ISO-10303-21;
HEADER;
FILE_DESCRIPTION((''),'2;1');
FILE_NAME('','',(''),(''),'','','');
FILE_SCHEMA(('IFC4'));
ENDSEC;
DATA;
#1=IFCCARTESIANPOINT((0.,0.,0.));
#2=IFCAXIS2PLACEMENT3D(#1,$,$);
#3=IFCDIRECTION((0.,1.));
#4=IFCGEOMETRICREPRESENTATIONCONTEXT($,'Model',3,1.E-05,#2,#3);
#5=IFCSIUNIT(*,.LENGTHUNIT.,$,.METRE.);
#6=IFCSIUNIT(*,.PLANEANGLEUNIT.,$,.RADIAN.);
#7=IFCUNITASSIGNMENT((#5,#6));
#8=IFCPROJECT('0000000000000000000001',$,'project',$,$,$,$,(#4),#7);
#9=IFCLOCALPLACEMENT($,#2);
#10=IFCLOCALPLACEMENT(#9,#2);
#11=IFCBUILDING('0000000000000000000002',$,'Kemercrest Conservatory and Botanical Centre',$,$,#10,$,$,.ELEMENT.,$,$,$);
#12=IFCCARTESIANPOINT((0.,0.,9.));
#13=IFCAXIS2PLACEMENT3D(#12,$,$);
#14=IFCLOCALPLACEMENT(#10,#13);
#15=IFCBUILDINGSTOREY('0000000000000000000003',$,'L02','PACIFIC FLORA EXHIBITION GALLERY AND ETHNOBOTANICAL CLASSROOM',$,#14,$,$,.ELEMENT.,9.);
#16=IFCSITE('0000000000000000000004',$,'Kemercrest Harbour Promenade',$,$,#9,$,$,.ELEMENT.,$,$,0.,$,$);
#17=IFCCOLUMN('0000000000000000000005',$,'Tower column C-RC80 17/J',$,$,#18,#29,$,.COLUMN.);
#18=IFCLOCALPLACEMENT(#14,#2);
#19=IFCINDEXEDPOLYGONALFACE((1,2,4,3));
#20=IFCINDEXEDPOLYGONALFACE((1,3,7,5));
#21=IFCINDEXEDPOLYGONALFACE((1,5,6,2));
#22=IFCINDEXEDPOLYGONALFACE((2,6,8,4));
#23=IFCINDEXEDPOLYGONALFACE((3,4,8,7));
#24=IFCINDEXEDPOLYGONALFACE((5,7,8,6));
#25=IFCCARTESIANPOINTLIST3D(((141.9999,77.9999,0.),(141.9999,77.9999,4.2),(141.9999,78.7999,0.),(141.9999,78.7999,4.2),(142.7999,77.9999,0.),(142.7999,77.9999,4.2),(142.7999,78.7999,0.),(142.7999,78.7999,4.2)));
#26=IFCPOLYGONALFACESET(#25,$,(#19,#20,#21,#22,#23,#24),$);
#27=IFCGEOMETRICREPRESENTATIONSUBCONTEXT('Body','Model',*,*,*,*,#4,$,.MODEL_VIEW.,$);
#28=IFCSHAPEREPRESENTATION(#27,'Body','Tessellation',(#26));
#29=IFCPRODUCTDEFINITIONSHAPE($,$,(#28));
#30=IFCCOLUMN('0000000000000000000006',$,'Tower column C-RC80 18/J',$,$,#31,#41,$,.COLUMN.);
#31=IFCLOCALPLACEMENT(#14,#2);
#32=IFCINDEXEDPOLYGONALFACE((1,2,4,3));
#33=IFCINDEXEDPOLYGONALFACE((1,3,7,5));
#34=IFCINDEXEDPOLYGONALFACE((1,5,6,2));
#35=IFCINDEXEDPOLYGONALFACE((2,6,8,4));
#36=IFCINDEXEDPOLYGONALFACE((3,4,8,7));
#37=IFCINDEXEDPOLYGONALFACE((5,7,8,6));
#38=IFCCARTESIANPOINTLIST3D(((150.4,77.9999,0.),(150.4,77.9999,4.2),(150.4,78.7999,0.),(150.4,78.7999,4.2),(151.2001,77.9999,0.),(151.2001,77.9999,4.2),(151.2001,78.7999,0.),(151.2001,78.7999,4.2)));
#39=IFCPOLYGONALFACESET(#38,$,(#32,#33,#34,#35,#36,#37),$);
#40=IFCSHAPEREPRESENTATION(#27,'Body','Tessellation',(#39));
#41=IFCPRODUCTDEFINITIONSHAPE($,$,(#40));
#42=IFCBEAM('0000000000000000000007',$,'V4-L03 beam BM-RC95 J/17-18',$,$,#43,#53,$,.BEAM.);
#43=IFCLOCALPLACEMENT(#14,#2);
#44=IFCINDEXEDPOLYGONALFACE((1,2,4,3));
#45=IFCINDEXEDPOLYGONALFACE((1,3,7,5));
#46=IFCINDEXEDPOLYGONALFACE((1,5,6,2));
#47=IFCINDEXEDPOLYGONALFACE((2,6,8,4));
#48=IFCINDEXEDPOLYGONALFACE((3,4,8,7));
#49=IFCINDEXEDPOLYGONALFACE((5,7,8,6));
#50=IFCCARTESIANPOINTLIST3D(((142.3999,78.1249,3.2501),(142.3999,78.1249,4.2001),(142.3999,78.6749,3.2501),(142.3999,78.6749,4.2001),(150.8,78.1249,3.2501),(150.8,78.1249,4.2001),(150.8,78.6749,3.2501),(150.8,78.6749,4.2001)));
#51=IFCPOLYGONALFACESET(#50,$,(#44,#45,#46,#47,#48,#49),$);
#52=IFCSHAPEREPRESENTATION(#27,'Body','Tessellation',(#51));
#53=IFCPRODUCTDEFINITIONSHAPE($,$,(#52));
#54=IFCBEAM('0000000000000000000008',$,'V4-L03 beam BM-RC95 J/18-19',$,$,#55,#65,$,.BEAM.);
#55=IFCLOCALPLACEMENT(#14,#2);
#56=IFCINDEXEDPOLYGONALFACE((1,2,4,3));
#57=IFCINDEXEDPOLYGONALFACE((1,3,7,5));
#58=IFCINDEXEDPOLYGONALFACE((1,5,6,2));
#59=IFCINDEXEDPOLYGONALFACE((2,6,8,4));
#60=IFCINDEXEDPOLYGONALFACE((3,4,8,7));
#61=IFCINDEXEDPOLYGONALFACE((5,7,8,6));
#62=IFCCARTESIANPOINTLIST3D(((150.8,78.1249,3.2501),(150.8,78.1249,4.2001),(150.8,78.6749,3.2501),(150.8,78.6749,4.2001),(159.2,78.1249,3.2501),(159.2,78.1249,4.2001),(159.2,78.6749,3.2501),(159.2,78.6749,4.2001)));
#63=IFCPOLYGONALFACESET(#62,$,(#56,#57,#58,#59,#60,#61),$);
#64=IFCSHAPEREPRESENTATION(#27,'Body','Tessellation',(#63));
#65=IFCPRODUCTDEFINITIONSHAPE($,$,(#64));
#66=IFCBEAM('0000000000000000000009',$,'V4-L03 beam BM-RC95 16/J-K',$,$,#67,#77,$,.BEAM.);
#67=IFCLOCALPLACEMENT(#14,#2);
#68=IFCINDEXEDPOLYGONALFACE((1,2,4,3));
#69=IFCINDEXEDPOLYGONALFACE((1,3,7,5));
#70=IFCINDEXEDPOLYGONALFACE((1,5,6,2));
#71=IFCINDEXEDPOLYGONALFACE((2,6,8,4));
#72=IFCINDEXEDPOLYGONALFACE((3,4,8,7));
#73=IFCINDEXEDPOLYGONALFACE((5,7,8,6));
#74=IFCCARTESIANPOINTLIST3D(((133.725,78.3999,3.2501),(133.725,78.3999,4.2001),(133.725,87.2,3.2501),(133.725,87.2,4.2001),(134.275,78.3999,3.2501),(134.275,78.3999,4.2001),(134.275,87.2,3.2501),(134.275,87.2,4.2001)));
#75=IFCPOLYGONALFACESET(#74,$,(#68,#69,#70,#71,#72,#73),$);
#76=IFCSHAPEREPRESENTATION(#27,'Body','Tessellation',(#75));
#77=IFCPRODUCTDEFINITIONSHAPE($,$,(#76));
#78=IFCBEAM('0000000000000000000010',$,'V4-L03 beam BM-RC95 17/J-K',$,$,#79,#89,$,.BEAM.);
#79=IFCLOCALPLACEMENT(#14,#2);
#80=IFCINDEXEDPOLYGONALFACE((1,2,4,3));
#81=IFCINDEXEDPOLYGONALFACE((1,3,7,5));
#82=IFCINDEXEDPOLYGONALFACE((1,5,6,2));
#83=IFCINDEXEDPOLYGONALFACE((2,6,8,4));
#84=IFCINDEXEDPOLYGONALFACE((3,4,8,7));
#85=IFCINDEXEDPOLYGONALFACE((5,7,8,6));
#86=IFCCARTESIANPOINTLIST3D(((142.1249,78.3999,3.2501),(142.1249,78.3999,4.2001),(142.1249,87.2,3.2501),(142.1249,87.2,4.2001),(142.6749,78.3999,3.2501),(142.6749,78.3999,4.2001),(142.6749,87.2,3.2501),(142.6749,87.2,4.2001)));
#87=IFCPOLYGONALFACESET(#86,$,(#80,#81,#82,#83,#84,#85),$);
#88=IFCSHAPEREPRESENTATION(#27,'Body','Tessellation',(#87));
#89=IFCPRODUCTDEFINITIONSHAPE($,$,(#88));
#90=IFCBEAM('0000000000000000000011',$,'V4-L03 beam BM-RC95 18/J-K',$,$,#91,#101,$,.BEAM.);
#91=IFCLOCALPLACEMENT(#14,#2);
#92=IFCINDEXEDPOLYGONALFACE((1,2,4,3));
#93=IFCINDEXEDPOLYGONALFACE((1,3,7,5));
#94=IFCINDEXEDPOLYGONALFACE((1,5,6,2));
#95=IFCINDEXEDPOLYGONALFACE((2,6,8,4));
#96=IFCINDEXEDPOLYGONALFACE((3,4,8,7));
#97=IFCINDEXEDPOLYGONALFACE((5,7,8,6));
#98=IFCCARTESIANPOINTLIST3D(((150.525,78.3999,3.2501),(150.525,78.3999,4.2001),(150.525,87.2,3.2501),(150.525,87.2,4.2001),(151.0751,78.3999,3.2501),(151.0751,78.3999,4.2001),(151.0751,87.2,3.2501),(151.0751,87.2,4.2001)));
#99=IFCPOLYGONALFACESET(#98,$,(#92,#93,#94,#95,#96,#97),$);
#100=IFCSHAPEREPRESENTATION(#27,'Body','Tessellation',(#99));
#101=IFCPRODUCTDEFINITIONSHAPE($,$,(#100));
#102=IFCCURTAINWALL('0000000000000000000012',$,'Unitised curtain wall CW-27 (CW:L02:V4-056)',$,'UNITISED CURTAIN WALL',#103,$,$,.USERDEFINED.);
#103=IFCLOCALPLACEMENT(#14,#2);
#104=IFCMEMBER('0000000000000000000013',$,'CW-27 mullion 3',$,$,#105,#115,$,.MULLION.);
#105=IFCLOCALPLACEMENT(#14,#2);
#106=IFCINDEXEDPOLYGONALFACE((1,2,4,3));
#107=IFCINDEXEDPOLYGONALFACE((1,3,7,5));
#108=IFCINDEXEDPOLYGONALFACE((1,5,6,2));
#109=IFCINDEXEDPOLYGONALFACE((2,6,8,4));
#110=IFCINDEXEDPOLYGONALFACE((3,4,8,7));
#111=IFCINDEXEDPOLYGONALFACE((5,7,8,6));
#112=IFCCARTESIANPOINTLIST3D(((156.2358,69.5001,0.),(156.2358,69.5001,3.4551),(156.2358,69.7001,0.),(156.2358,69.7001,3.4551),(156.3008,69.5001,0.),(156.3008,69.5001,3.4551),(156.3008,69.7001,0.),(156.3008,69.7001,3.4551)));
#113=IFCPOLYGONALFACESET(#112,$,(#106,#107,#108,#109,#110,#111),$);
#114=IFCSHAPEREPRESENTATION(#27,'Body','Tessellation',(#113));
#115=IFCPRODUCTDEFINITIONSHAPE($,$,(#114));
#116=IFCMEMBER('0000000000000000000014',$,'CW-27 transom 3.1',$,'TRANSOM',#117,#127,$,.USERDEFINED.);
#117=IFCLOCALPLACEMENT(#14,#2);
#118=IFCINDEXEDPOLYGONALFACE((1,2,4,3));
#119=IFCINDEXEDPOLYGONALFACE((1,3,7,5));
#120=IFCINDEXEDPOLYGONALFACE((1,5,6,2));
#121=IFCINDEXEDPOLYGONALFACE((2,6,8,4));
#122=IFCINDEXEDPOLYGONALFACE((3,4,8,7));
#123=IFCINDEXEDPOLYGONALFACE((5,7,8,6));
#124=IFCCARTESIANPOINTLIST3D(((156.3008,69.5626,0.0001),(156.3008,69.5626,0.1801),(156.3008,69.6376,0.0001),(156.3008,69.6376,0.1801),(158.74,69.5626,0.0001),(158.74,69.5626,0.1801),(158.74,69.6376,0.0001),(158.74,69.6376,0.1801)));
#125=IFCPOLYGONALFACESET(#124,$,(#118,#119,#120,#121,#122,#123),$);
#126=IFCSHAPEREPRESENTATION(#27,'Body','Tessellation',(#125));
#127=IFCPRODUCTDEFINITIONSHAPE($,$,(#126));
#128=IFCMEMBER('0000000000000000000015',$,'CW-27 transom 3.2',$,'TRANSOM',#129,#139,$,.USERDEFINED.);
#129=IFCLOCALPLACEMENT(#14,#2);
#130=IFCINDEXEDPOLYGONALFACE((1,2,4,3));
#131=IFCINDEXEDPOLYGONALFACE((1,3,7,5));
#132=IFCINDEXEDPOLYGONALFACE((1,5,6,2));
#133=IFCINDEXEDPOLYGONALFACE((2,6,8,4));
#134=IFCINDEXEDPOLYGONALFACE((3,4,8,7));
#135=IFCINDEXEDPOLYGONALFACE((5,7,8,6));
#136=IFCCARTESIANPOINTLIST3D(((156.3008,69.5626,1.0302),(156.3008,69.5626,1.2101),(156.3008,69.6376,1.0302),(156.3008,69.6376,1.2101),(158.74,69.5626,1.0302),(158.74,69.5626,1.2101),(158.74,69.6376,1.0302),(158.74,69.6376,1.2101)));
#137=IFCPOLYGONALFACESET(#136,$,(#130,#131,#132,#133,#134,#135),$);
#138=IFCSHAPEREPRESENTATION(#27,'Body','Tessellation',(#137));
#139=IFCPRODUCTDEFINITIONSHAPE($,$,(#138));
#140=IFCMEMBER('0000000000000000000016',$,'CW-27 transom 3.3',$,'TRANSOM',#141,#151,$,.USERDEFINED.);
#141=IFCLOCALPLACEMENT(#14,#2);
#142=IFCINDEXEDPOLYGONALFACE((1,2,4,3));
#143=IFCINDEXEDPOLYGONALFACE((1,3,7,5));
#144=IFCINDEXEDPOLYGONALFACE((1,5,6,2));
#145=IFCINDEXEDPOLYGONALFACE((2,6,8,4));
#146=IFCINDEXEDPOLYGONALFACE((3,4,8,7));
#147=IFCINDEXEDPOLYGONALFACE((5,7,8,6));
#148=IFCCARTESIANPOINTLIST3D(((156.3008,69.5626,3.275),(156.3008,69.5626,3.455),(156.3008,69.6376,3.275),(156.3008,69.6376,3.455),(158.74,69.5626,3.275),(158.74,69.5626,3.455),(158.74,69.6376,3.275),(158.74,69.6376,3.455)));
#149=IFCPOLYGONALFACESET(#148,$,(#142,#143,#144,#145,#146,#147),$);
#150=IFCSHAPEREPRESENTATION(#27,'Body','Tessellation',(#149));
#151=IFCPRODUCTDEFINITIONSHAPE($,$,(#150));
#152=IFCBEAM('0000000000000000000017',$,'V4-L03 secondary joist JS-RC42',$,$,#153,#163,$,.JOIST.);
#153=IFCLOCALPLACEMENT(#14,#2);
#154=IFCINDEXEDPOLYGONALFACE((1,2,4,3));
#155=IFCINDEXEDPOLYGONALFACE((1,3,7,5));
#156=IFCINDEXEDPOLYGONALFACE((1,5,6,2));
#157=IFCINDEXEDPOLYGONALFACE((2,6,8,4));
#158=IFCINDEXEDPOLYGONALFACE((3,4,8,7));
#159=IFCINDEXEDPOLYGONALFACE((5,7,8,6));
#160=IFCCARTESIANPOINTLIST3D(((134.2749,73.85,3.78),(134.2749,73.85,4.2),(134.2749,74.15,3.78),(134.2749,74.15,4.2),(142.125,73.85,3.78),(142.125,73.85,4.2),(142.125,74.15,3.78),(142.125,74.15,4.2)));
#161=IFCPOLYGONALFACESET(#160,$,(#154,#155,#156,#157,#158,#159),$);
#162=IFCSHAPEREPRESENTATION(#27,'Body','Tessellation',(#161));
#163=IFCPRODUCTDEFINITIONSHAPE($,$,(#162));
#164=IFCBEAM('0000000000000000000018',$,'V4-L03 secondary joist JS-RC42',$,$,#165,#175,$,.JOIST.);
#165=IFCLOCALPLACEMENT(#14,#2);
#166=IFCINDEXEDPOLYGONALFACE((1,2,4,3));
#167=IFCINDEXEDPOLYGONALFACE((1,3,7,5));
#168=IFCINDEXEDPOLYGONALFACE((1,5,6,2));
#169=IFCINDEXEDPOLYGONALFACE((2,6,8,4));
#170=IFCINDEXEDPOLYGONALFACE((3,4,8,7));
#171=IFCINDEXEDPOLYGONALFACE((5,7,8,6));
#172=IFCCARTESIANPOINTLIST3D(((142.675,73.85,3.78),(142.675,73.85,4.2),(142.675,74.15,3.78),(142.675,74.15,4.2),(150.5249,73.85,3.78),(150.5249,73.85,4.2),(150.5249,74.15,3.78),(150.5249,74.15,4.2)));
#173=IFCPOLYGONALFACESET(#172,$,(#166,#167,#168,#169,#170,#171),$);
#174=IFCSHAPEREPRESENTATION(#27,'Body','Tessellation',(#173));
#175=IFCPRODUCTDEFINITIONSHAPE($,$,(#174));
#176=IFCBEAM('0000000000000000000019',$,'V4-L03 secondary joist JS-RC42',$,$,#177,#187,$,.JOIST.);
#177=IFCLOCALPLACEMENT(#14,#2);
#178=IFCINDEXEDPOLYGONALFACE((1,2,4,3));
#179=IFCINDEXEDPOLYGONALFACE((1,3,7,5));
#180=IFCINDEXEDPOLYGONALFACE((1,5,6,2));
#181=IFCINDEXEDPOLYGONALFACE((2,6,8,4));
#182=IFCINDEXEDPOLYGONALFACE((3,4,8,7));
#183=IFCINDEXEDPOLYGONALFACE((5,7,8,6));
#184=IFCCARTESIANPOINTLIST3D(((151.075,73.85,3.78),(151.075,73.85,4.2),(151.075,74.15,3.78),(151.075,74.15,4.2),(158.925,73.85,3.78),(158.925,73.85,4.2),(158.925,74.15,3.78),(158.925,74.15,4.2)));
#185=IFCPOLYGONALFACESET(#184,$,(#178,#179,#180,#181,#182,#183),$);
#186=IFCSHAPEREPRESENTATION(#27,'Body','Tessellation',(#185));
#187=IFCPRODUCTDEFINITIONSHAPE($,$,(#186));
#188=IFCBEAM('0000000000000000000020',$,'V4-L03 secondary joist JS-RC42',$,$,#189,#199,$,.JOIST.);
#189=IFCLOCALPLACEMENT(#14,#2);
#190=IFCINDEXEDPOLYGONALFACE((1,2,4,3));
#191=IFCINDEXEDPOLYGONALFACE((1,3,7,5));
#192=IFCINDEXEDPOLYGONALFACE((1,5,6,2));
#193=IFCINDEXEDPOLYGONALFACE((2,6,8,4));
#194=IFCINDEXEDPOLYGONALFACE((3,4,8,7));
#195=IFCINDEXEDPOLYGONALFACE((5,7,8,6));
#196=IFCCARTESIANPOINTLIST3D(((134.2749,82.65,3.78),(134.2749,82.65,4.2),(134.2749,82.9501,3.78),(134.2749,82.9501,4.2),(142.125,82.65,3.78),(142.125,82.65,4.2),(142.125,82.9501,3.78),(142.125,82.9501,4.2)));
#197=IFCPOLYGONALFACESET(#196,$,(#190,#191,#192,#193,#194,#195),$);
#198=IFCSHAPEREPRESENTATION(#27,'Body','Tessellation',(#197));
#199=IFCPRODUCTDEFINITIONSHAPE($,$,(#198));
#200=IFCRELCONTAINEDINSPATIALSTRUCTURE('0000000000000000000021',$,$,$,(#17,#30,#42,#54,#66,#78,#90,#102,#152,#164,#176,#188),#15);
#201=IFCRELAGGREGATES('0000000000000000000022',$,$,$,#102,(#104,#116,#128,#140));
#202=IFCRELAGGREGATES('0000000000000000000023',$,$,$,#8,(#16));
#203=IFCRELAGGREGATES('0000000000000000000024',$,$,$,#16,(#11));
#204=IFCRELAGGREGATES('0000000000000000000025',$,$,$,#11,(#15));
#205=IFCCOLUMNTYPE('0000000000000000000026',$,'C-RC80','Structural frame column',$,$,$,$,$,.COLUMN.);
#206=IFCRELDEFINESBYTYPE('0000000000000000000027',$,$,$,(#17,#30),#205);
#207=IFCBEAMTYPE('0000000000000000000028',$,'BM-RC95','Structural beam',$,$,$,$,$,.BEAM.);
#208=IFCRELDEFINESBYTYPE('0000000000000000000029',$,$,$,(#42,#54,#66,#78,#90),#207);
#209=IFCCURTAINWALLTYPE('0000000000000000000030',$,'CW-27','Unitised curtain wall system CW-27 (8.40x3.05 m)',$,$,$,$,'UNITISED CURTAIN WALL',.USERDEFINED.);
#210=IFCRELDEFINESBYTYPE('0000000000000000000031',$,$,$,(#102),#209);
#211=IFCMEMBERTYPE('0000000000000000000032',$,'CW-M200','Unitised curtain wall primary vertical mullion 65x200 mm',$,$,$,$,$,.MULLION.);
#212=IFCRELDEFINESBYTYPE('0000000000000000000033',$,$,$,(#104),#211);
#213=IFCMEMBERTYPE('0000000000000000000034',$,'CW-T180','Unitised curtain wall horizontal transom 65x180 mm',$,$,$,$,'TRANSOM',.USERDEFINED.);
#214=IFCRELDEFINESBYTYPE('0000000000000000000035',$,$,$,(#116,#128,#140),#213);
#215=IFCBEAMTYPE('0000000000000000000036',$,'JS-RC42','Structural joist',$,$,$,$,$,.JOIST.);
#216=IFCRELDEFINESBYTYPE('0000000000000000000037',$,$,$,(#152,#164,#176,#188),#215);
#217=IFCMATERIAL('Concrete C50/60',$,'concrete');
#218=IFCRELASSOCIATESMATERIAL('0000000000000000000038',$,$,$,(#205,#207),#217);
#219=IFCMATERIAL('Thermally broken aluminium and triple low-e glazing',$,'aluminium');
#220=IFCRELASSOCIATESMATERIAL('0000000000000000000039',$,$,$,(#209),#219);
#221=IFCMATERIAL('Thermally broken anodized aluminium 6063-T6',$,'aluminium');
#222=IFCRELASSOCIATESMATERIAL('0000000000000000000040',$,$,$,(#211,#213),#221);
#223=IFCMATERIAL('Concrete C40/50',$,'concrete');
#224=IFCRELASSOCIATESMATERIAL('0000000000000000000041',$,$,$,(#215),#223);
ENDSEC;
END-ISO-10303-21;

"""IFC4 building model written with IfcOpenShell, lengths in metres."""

from ifc_helpers import new_model, si_unit, direction, frame, origin, origin_2d, place, context, subcontext, project, spatial, rectangle, extrude, material, material_profile, profile_set, type_object, element, aggregate, save


model = new_model("IFC4")

# Units and contexts
model_context = context("Model", 3, precision=1e-05, world=origin(), true_north=direction((0.0, 1.0)))
body_context = subcontext(model_context, "Body", "Model", "MODEL_VIEW")
ifc_project = project(units=[si_unit("LENGTHUNIT", "METRE"), si_unit("PLANEANGLEUNIT", "RADIAN")], contexts=[model_context])

# Site, building, storey
site_placement = place(None, origin())
site = spatial("IfcSite", under=ifc_project, at=site_placement, Name="Kemercrest Harbour Promenade", CompositionType="ELEMENT", RefElevation=0.0)
building_placement = place(site_placement, origin())
building = spatial("IfcBuilding", under=site, at=building_placement, Name="Kemercrest Conservatory and Botanical Centre", CompositionType="ELEMENT")
storey_placement = place(building_placement, frame((0.0, 0.0, 9.0)))
storey = spatial("IfcBuildingStorey", under=building, at=storey_placement, Name="L02", Description="PACIFIC FLORA EXHIBITION GALLERY AND ETHNOBOTANICAL CLASSROOM", CompositionType="ELEMENT", Elevation=9.0)

# Columns
ifc_material_1 = material(Name="Concrete C50/60", Category="concrete")
ifc_material_profile_1 = material_profile(ifc_material_1, rectangle(XDim=0.8, YDim=0.8, at=origin_2d()), Name="RC 800x800")
ifc_profile_set_1 = profile_set([ifc_material_profile_1], Name="Concrete C50/60")
column_type = type_object("IfcColumnType", Name="C-RC80", Description="Structural frame column", PredefinedType="COLUMN", material=ifc_profile_set_1)
for number, where, z_axis, x_axis, name in (
    (1, (142.3999, 78.3999, 0.0), (0.0, 0.0, 1.0), (1.0, 0.0, 0.0), "Tower column C-RC80 17/J"),
    (2, (150.8, 78.3999, 0.0), (0.0, 0.0, 1.0), (1.0, 0.0, 0.0), "Tower column C-RC80 18/J"),
):
    element("IfcColumn", number, at=place(storey_placement, frame(where, z_axis=z_axis, x_axis=x_axis)), inside=storey, type_object=column_type, Name=name, PredefinedType="COLUMN", context=body_context, shape_type="SweptSolid", body=[
        extrude(rectangle(XDim=0.8, YDim=0.8, at=origin_2d()), origin(), (0.0, 0.0, 1.0), 4.2),
    ])

# Beams
ifc_material_profile_2 = material_profile(ifc_material_1, rectangle(XDim=0.55, YDim=0.95, at=origin_2d()), Name="RC 550x950")
ifc_profile_set_2 = profile_set([ifc_material_profile_2], Name="Concrete C50/60")
beam_type_1 = type_object("IfcBeamType", Name="BM-RC95", Description="Structural beam", PredefinedType="BEAM", material=ifc_profile_set_2)
beam_1_placement = place(storey_placement, frame((142.3999, 78.3999, 3.7251), z_axis=(1.0, 0.0, 0.0), x_axis=(0.0, 1.0, 0.0)))
element("IfcBeam", 3, at=beam_1_placement, inside=storey, type_object=beam_type_1, Name="V4-L03 beam BM-RC95 J/17-18", PredefinedType="BEAM", context=body_context, shape_type="SweptSolid", body=[
    extrude(rectangle(XDim=0.55, YDim=0.95, at=origin_2d()), origin(), (0.0, 0.0, 1.0), 8.4001),
])
beam_2_placement = place(storey_placement, frame((150.8, 78.3999, 3.7251), z_axis=(1.0, 0.0, 0.0), x_axis=(0.0, 1.0, 0.0)))
element("IfcBeam", 4, at=beam_2_placement, inside=storey, type_object=beam_type_1, Name="V4-L03 beam BM-RC95 J/18-19", PredefinedType="BEAM", context=body_context, shape_type="SweptSolid", body=[
    extrude(rectangle(XDim=0.55, YDim=0.95, at=origin_2d()), origin(), (0.0, 0.0, 1.0), 8.3999),
])
for number, where, z_axis, x_axis, name in (
    (5, (134.0, 78.3999, 3.7251), (0.0, 1.0, 0.0), (-1.0, 0.0, 0.0), "V4-L03 beam BM-RC95 16/J-K"),
    (6, (142.3999, 78.3999, 3.7251), (0.0, 1.0, 0.0), (-1.0, 0.0, 0.0), "V4-L03 beam BM-RC95 17/J-K"),
    (7, (150.8, 78.3999, 3.7251), (0.0, 1.0, 0.0), (-1.0, 0.0, 0.0), "V4-L03 beam BM-RC95 18/J-K"),
):
    element("IfcBeam", number, at=place(storey_placement, frame(where, z_axis=z_axis, x_axis=x_axis)), inside=storey, type_object=beam_type_1, Name=name, PredefinedType="BEAM", context=body_context, shape_type="SweptSolid", body=[
        extrude(rectangle(XDim=0.55, YDim=0.95, at=origin_2d()), origin(), (0.0, 0.0, 1.0), 8.8),
    ])

# Curtain wall, members
ifc_material_2 = material(Name="Thermally broken aluminium and triple low-e glazing", Category="aluminium")
curtain_wall_type = type_object("IfcCurtainWallType", Name="CW-27", Description="Unitised curtain wall system CW-27 (8.40x3.05 m)", ElementType="UNITISED CURTAIN WALL", PredefinedType="USERDEFINED", material=ifc_material_2)
curtain_wall_placement = place(storey_placement, origin())
curtain_wall = element("IfcCurtainWall", 8, at=curtain_wall_placement, inside=storey, type_object=curtain_wall_type, Name="Unitised curtain wall CW-27 (CW:L02:V4-056)", ObjectType="UNITISED CURTAIN WALL", PredefinedType="USERDEFINED")
ifc_material_3 = material(Name="Thermally broken anodized aluminium 6063-T6", Category="aluminium")
ifc_material_profile_3 = material_profile(ifc_material_3, rectangle(XDim=0.2, YDim=0.0649, at=origin_2d()), Name="AL MULLION 65x200")
ifc_profile_set_3 = profile_set([ifc_material_profile_3], Name="Thermally broken anodized aluminium 6063-T6")
member_type_1 = type_object("IfcMemberType", Name="CW-M200", Description="Unitised curtain wall primary vertical mullion 65x200 mm", PredefinedType="MULLION", material=ifc_profile_set_3)
member_1_placement = place(storey_placement, frame((156.2683, 69.6001, 0.0), z_axis=(0.0, 0.0, 1.0), x_axis=(0.0, 1.0, 0.0)))
member_1 = element("IfcMember", 9, at=member_1_placement, type_object=member_type_1, Name="CW-27 mullion 3", PredefinedType="MULLION", context=body_context, shape_type="SweptSolid", body=[
    extrude(rectangle(XDim=0.2, YDim=0.0649, at=origin_2d()), origin(), (0.0, 0.0, 1.0), 3.4551),
])
ifc_material_profile_4 = material_profile(ifc_material_3, rectangle(XDim=0.075, YDim=0.1799, at=origin_2d()), Name="AL TRANSOM 75x180")
ifc_profile_set_4 = profile_set([ifc_material_profile_4], Name="Thermally broken anodized aluminium 6063-T6")
member_type_2 = type_object("IfcMemberType", Name="CW-T180", Description="Unitised curtain wall horizontal transom 65x180 mm", ElementType="TRANSOM", PredefinedType="USERDEFINED", material=ifc_profile_set_4)
member_2_placement = place(storey_placement, frame((156.3008, 69.6001, 0.0901), z_axis=(1.0, 0.0, 0.0), x_axis=(0.0, 1.0, 0.0)))
member_2 = element("IfcMember", 10, at=member_2_placement, type_object=member_type_2, Name="CW-27 transom 3.1", ObjectType="TRANSOM", PredefinedType="USERDEFINED", context=body_context, shape_type="SweptSolid", body=[
    extrude(rectangle(XDim=0.075, YDim=0.1799, at=origin_2d()), origin(), (0.0, 0.0, 1.0), 2.4392),
])
member_3_placement = place(storey_placement, frame((156.3008, 69.6001, 1.1201), z_axis=(1.0, 0.0, 0.0), x_axis=(0.0, 1.0, 0.0)))
member_3 = element("IfcMember", 11, at=member_3_placement, type_object=member_type_2, Name="CW-27 transom 3.2", ObjectType="TRANSOM", PredefinedType="USERDEFINED", context=body_context, shape_type="SweptSolid", body=[
    extrude(rectangle(XDim=0.075, YDim=0.1799, at=origin_2d()), origin(), (0.0, 0.0, 1.0), 2.4392),
])
member_4_placement = place(storey_placement, frame((156.3008, 69.6001, 3.365), z_axis=(1.0, 0.0, 0.0), x_axis=(0.0, 1.0, 0.0)))
member_4 = element("IfcMember", 12, at=member_4_placement, type_object=member_type_2, Name="CW-27 transom 3.3", ObjectType="TRANSOM", PredefinedType="USERDEFINED", context=body_context, shape_type="SweptSolid", body=[
    extrude(rectangle(XDim=0.075, YDim=0.1799, at=origin_2d()), origin(), (0.0, 0.0, 1.0), 2.4392),
])

# Beams
ifc_material_4 = material(Name="Concrete C40/50", Category="concrete")
ifc_material_profile_5 = material_profile(ifc_material_4, rectangle(XDim=0.3, YDim=0.4199, at=origin_2d()), Name="RC 300x420")
ifc_profile_set_5 = profile_set([ifc_material_profile_5], Name="Concrete C40/50")
beam_type_2 = type_object("IfcBeamType", Name="JS-RC42", Description="Structural joist", PredefinedType="JOIST", material=ifc_profile_set_5)
beam_3_placement = place(storey_placement, frame((134.2749, 74.0, 3.99), z_axis=(1.0, 0.0, 0.0), x_axis=(0.0, 1.0, 0.0)))
element("IfcBeam", 13, at=beam_3_placement, inside=storey, type_object=beam_type_2, Name="V4-L03 secondary joist JS-RC42", PredefinedType="JOIST", context=body_context, shape_type="SweptSolid", body=[
    extrude(rectangle(XDim=0.3, YDim=0.4199, at=origin_2d()), origin(), (0.0, 0.0, 1.0), 7.8501),
])
beam_4_placement = place(storey_placement, frame((142.675, 74.0, 3.99), z_axis=(1.0, 0.0, 0.0), x_axis=(0.0, 1.0, 0.0)))
element("IfcBeam", 14, at=beam_4_placement, inside=storey, type_object=beam_type_2, Name="V4-L03 secondary joist JS-RC42", PredefinedType="JOIST", context=body_context, shape_type="SweptSolid", body=[
    extrude(rectangle(XDim=0.3, YDim=0.4199, at=origin_2d()), origin(), (0.0, 0.0, 1.0), 7.8499),
])
for number, where, z_axis, x_axis, name in (
    (15, (151.075, 74.0, 3.99), (1.0, 0.0, 0.0), (0.0, 1.0, 0.0), "V4-L03 secondary joist JS-RC42"),
    (16, (134.2749, 82.8, 3.99), (1.0, 0.0, 0.0), (0.0, 1.0, 0.0), "V4-L03 secondary joist JS-RC42"),
):
    element("IfcBeam", number, at=place(storey_placement, frame(where, z_axis=z_axis, x_axis=x_axis)), inside=storey, type_object=beam_type_2, Name=name, PredefinedType="JOIST", context=body_context, shape_type="SweptSolid", body=[
        extrude(rectangle(XDim=0.3, YDim=0.4199, at=origin_2d()), origin(), (0.0, 0.0, 1.0), 7.8501),
    ])

aggregate(curtain_wall, [member_1, member_2, member_3, member_4])

save(model, "model.ifc")
